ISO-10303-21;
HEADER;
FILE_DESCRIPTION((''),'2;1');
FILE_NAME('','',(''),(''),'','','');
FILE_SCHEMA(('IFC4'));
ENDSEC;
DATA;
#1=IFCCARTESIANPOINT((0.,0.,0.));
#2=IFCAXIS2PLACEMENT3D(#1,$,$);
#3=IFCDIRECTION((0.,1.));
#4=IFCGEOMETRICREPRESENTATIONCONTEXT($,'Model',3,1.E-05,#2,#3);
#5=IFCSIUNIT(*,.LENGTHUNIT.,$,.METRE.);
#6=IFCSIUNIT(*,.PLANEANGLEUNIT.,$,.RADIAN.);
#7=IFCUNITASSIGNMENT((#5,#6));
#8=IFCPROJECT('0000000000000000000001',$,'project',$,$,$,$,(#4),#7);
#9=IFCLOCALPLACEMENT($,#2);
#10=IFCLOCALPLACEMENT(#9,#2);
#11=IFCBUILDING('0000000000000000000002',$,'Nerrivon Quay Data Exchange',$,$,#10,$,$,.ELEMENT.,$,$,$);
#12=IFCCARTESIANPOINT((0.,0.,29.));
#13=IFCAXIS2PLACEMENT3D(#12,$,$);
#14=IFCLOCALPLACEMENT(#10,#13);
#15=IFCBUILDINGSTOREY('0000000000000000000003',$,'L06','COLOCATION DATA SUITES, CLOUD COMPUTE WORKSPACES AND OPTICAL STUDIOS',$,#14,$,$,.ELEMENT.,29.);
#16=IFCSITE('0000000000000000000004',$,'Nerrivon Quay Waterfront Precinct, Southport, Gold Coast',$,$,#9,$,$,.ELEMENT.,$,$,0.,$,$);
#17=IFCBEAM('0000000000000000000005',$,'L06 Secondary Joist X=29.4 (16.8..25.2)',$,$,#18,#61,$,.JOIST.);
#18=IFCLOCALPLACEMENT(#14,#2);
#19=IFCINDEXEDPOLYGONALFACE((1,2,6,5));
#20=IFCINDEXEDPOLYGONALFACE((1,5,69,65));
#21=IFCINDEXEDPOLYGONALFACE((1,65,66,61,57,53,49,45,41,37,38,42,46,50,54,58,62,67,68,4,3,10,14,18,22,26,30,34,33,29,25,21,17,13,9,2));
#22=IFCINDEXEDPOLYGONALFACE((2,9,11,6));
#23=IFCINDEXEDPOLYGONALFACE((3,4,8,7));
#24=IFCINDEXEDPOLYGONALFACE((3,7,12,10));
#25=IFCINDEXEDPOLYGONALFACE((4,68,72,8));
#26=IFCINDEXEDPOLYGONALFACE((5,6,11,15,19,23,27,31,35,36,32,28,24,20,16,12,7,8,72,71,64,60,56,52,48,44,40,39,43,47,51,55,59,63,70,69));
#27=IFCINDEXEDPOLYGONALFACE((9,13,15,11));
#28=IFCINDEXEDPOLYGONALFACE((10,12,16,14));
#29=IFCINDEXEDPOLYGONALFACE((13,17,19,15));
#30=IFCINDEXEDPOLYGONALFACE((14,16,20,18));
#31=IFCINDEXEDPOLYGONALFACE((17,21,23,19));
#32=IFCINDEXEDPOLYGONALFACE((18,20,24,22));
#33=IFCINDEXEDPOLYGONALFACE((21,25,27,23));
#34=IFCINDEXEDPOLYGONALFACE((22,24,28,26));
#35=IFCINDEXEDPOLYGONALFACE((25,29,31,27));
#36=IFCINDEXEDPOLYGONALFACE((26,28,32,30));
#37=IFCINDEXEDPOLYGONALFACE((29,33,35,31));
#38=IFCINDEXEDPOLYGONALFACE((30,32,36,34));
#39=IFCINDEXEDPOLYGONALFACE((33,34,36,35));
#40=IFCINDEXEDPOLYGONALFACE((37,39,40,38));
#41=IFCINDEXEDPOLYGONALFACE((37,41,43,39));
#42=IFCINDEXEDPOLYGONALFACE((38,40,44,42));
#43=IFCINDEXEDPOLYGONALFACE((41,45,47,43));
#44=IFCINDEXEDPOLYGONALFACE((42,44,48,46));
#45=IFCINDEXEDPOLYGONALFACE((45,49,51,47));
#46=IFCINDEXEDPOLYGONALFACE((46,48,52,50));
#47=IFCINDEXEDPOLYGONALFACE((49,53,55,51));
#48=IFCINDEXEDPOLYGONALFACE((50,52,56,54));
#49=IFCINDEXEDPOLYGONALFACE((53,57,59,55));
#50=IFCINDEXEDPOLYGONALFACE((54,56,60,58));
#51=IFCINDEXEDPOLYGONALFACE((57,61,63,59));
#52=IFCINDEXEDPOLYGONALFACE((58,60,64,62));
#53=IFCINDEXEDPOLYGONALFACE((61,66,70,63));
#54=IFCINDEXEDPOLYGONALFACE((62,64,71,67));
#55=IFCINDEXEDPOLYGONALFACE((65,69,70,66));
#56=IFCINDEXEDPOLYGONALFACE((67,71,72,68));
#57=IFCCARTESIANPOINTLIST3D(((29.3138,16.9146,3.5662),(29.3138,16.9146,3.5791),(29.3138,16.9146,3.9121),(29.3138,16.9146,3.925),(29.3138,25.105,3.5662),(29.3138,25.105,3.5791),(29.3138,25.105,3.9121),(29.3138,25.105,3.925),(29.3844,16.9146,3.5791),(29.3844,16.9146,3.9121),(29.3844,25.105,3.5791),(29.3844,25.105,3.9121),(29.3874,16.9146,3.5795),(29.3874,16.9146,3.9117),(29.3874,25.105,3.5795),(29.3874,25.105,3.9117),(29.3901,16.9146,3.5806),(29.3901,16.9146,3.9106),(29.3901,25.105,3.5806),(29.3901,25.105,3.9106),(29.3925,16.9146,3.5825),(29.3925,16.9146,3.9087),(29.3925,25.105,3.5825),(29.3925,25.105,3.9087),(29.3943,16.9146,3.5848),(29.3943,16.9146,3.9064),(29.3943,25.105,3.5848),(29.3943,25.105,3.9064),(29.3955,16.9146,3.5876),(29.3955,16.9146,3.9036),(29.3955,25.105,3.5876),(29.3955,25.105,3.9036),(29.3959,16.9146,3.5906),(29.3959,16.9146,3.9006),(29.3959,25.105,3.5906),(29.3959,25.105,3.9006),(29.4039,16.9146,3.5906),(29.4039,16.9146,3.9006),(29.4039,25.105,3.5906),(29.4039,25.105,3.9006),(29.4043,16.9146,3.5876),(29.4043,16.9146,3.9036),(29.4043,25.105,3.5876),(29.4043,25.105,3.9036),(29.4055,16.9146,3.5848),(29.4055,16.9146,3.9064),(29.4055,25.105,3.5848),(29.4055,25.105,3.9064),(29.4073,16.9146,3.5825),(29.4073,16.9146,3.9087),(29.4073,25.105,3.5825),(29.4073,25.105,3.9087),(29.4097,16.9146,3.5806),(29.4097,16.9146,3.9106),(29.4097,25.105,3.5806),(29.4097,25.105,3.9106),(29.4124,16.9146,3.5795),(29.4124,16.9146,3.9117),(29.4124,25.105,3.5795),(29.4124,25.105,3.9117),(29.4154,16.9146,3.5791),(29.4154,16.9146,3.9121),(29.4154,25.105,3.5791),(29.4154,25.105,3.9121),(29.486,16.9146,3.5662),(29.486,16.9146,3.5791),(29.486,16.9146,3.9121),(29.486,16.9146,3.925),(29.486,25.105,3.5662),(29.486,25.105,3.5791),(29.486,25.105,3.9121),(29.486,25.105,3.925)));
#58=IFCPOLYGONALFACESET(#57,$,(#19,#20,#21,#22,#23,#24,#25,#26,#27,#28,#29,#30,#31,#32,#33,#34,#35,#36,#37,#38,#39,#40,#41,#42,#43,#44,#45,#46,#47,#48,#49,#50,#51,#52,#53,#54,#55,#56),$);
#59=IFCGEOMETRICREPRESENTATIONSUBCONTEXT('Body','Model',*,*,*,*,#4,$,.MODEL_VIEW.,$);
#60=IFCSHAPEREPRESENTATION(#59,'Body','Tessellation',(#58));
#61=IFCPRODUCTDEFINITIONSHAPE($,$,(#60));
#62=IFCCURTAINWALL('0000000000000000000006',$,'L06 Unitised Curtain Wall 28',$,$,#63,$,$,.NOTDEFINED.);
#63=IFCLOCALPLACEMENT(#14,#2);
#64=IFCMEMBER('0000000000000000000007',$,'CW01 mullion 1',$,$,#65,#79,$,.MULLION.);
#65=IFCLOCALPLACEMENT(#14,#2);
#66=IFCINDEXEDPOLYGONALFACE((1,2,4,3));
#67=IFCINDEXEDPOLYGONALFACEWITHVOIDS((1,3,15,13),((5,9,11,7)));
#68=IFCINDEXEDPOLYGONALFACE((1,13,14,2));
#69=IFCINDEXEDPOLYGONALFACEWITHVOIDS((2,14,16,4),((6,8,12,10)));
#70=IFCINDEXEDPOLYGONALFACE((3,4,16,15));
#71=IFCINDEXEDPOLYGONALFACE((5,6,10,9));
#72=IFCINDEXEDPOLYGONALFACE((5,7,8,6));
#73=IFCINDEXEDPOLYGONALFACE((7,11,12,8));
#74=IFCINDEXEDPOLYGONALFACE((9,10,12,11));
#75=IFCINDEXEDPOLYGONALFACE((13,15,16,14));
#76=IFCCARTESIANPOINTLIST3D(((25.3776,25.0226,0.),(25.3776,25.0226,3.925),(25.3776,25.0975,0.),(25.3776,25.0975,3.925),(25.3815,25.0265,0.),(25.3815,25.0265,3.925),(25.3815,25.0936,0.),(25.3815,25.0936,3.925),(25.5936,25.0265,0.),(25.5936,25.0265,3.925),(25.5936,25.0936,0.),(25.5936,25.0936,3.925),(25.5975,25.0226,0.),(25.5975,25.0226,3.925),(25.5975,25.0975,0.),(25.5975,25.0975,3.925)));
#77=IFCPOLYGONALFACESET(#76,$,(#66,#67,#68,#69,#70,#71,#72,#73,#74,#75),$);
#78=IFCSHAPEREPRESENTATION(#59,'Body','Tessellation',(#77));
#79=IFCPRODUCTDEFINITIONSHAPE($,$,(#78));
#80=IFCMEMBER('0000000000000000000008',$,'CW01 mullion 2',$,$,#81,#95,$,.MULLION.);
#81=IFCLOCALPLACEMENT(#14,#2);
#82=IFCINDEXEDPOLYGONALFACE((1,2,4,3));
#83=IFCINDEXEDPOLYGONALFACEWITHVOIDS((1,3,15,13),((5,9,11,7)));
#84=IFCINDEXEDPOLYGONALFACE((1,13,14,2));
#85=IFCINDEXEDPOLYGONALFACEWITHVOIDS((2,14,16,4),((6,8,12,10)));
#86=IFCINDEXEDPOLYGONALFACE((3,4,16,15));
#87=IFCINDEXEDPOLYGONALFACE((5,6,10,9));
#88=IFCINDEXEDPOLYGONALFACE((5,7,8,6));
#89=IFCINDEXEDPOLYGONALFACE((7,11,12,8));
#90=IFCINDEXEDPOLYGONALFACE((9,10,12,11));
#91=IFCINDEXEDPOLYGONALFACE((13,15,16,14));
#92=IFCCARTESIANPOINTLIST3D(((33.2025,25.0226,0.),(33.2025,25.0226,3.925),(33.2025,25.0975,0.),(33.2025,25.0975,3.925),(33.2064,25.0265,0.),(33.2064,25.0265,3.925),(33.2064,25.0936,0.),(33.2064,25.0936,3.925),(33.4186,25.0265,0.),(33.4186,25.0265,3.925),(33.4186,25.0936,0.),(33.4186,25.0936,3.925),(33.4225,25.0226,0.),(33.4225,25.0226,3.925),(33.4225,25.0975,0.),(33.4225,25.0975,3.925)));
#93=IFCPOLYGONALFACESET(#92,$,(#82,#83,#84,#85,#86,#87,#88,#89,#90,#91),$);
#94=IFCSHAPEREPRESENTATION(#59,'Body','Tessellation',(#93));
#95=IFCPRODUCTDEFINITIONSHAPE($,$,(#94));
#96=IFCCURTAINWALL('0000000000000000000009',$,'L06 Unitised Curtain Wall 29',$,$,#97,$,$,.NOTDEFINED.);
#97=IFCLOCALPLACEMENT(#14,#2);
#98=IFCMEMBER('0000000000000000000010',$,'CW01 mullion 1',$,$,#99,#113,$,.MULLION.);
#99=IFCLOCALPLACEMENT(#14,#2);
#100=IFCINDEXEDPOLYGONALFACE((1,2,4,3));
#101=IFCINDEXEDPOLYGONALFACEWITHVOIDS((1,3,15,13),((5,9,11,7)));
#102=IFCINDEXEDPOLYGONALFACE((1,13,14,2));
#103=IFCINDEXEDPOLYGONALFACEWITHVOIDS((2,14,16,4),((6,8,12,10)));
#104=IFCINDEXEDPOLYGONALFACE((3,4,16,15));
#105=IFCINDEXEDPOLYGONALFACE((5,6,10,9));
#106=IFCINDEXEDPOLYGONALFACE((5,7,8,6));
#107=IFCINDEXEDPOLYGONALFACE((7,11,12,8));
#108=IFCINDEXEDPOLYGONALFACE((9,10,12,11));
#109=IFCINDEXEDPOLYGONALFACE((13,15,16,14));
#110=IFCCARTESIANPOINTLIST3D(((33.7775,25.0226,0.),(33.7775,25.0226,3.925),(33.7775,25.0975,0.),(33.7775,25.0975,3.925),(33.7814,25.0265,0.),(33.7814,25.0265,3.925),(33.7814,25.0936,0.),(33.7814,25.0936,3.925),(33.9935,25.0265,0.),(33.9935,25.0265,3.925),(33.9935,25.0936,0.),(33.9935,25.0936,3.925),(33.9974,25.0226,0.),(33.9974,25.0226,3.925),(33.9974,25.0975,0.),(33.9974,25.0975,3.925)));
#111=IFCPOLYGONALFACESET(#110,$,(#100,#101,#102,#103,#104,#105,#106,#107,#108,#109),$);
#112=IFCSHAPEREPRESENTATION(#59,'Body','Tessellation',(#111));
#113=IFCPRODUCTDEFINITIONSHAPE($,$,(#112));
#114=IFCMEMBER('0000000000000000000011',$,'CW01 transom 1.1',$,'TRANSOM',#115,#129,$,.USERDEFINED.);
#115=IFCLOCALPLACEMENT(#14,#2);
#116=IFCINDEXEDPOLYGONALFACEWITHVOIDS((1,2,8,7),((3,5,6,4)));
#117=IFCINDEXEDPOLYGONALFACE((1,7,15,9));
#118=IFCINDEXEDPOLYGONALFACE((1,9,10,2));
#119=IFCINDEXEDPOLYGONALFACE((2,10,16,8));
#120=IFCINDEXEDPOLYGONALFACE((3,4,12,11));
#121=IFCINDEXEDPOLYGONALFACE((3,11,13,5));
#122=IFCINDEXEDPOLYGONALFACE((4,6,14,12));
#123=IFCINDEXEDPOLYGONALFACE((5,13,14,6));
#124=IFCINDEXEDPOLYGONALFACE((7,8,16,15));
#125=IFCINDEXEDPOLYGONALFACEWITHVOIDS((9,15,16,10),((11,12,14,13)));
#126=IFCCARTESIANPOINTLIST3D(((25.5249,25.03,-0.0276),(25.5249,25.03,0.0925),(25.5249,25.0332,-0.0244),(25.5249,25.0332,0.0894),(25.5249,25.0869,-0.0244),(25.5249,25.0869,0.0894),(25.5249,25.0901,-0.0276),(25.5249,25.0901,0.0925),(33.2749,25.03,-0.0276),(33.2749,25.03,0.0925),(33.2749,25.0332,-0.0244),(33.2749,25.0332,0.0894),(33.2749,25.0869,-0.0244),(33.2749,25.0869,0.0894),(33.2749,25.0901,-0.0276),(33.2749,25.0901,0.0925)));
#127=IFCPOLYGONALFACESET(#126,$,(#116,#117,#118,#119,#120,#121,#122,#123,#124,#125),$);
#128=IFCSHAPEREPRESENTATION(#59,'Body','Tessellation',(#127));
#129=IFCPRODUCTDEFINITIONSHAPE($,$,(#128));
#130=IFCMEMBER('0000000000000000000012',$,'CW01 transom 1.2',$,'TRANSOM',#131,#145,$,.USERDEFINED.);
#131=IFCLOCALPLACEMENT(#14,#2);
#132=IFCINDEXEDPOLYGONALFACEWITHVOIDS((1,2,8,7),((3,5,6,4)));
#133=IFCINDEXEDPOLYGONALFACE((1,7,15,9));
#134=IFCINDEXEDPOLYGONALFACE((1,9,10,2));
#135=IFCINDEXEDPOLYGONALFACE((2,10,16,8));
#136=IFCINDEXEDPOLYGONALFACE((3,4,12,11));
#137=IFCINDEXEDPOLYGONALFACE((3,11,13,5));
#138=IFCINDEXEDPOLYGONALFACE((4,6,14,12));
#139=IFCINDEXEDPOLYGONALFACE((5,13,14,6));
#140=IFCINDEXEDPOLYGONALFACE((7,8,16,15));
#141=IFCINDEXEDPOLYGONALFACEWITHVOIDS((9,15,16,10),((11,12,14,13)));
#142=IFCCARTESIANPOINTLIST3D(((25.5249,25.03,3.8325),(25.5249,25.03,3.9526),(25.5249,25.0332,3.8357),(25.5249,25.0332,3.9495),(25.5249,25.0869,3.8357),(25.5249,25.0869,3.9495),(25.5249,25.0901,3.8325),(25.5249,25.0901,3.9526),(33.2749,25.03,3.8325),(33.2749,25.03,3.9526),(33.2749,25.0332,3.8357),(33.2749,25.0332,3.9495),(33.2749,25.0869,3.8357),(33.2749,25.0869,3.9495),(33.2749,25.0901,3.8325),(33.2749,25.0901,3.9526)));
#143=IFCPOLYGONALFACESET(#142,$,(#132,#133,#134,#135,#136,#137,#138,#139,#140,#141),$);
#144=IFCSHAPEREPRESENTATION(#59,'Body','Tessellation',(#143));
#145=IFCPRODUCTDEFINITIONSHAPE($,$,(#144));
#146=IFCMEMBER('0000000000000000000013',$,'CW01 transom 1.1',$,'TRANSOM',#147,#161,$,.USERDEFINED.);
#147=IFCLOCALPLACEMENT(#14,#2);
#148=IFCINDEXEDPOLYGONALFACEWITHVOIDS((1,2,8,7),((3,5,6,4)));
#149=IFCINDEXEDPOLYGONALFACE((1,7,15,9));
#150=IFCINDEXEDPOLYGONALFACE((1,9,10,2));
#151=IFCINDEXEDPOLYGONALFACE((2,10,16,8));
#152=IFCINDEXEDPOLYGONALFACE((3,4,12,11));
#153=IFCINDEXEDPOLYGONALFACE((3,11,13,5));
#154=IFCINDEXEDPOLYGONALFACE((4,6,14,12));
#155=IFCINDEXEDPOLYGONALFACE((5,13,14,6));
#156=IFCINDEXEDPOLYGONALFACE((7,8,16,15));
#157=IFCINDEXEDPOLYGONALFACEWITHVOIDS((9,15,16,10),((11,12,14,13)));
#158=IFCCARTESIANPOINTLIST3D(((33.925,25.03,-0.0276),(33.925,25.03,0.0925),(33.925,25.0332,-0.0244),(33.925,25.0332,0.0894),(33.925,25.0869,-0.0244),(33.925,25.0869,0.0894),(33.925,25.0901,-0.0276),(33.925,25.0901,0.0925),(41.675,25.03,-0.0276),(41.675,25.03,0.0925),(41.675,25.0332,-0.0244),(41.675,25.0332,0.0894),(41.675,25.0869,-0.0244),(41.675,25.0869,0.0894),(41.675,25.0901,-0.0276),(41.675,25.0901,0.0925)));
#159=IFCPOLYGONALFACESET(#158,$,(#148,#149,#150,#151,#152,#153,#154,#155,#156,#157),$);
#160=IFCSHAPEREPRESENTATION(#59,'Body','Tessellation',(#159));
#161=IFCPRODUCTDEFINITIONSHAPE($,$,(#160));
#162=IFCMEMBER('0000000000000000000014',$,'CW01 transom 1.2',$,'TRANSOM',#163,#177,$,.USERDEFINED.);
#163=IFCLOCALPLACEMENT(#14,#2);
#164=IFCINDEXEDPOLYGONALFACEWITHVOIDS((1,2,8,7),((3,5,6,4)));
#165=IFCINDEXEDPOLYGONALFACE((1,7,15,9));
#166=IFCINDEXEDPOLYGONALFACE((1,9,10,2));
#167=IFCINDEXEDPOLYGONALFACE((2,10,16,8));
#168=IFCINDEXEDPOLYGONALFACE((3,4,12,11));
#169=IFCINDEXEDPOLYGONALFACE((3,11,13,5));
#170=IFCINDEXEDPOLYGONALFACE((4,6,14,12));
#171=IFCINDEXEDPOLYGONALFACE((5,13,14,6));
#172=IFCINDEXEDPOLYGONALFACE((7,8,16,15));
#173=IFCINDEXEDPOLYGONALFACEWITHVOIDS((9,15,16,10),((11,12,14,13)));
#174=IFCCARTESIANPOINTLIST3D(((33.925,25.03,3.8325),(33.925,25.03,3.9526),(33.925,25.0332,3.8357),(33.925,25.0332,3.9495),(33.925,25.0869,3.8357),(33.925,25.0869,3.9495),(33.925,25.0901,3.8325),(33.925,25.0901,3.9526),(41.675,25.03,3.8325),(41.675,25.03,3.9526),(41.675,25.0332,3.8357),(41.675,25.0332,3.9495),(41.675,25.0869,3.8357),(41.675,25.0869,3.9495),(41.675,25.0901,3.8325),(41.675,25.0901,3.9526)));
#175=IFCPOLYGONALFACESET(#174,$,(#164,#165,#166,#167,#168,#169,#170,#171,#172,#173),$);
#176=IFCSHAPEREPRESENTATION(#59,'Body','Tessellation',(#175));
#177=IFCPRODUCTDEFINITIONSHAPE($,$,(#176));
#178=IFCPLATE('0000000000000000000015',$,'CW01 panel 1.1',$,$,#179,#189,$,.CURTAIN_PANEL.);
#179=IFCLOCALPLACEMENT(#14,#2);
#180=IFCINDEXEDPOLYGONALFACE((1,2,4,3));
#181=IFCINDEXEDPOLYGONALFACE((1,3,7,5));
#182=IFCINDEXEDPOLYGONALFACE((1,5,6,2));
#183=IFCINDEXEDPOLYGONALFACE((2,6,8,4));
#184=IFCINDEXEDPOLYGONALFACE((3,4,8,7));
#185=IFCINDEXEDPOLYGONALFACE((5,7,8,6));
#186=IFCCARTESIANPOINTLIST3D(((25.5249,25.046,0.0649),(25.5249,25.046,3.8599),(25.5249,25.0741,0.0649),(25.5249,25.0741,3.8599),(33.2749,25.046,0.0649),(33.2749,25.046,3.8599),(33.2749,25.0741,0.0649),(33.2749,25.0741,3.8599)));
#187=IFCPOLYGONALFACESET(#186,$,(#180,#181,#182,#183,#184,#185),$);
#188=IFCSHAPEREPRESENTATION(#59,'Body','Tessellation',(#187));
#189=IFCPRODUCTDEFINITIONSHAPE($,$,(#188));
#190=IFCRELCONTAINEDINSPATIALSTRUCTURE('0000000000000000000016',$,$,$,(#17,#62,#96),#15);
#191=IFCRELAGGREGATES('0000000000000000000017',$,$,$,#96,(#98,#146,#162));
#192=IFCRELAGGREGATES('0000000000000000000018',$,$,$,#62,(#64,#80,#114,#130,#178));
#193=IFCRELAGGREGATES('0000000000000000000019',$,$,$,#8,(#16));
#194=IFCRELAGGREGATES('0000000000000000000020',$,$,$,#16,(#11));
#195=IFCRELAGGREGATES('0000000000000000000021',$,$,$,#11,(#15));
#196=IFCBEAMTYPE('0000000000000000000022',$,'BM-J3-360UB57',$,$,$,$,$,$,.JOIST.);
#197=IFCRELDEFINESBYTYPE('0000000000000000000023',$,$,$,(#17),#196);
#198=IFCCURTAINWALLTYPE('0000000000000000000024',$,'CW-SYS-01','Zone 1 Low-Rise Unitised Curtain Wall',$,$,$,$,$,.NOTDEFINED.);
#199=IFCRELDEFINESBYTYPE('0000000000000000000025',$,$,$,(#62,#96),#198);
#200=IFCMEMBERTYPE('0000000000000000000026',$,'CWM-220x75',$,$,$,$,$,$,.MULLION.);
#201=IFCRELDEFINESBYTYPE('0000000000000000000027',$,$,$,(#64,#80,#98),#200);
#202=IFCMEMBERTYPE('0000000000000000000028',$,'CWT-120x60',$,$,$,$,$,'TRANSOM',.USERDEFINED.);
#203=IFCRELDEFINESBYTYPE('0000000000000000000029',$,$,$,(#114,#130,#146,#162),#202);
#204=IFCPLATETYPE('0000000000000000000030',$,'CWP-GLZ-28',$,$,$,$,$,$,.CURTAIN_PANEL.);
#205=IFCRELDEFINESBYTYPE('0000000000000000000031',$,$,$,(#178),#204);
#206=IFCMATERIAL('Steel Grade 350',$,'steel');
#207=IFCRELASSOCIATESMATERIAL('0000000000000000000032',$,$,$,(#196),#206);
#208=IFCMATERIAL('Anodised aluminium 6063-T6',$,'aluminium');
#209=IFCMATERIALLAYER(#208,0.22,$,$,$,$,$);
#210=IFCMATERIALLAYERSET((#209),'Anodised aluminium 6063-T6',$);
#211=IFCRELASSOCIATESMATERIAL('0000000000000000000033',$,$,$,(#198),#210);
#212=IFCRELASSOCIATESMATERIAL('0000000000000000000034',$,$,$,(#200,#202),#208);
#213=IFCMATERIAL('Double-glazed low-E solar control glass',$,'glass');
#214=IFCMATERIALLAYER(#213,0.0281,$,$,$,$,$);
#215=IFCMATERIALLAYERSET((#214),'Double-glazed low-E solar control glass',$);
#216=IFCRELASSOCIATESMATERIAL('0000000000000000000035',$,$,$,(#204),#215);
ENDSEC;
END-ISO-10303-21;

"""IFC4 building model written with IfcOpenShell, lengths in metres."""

from ifc_helpers import new_model, si_unit, direction, frame, origin, origin_2d, place, context, subcontext, project, spatial, rectangle, hollow_rectangle, i_section, extrude, material, layer, layer_set, material_profile, profile_set, type_object, element, aggregate, save


model = new_model("IFC4")

# Units and contexts
model_context = context("Model", 3, precision=1e-05, world=origin(), true_north=direction((0.0, 1.0)))
body_context = subcontext(model_context, "Body", "Model", "MODEL_VIEW")
ifc_project = project(units=[si_unit("LENGTHUNIT", "METRE"), si_unit("PLANEANGLEUNIT", "RADIAN")], contexts=[model_context])

# Site, building, storey
site_placement = place(None, origin())
site = spatial("IfcSite", under=ifc_project, at=site_placement, Name="Nerrivon Quay Waterfront Precinct, Southport, Gold Coast", CompositionType="ELEMENT", RefElevation=0.0)
building_placement = place(site_placement, origin())
building = spatial("IfcBuilding", under=site, at=building_placement, Name="Nerrivon Quay Data Exchange", CompositionType="ELEMENT")
storey_placement = place(building_placement, frame((0.0, 0.0, 29.0)))
storey = spatial("IfcBuildingStorey", under=building, at=storey_placement, Name="L06", Description="COLOCATION DATA SUITES, CLOUD COMPUTE WORKSPACES AND OPTICAL STUDIOS", CompositionType="ELEMENT", Elevation=29.0)

# Beam
ifc_material_1 = material(Name="Steel Grade 350", Category="steel")
ifc_material_profile_1 = material_profile(ifc_material_1, i_section(OverallWidth=0.1721, OverallDepth=0.3589, WebThickness=0.0081, FlangeThickness=0.0129, FilletRadius=0.0115, at=origin_2d()), Name="360UB56.7")
ifc_profile_set_1 = profile_set([ifc_material_profile_1], Name="Steel Grade 350")
beam_type_1 = type_object("IfcBeamType", Name="BM-J3-360UB57", PredefinedType="JOIST", material=ifc_profile_set_1)
beam_1_placement = place(storey_placement, frame((29.3999, 16.9146, 3.7456), z_axis=(0.0, 1.0, 0.0), x_axis=(-1.0, 0.0, 0.0)))
element("IfcBeam", 1, at=beam_1_placement, inside=storey, type_object=beam_type_1, Name="L06 Secondary Joist X=29.4 (16.8..25.2)", PredefinedType="JOIST", context=body_context, shape_type="SweptSolid", body=[
    extrude(i_section(OverallWidth=0.1721, OverallDepth=0.3589, WebThickness=0.0081, FlangeThickness=0.0129, FilletRadius=0.0115, at=origin_2d()), origin(), (0.0, 0.0, 1.0), 8.1904),
])

# Curtain wall, members
ifc_material_2 = material(Name="Anodised aluminium 6063-T6", Category="aluminium")
ifc_layer_1 = layer(ifc_material_2, 0.22)
ifc_layer_set_1 = layer_set([ifc_layer_1], Name="Anodised aluminium 6063-T6")
curtain_wall_type = type_object("IfcCurtainWallType", Name="CW-SYS-01", Description="Zone 1 Low-Rise Unitised Curtain Wall", PredefinedType="NOTDEFINED", material=ifc_layer_set_1)
curtain_wall_1_placement = place(storey_placement, origin())
curtain_wall_1 = element("IfcCurtainWall", 2, at=curtain_wall_1_placement, inside=storey, type_object=curtain_wall_type, Name="L06 Unitised Curtain Wall 28", PredefinedType="NOTDEFINED")
ifc_material_profile_2 = material_profile(ifc_material_2, hollow_rectangle(XDim=0.075, YDim=0.22, WallThickness=0.0039, at=origin_2d()), Name="ALU-MULL-220x75")
ifc_profile_set_2 = profile_set([ifc_material_profile_2], Name="Anodised aluminium 6063-T6")
member_type_1 = type_object("IfcMemberType", Name="CWM-220x75", PredefinedType="MULLION", material=ifc_profile_set_2)
member_1_placement = place(storey_placement, frame((25.4875, 25.0601, 0.0), z_axis=(0.0, 0.0, 1.0), x_axis=(0.0, 1.0, 0.0)))
member_1 = element("IfcMember", 3, at=member_1_placement, type_object=member_type_1, Name="CW01 mullion 1", PredefinedType="MULLION", context=body_context, shape_type="SweptSolid", body=[
    extrude(hollow_rectangle(XDim=0.075, YDim=0.22, WallThickness=0.0039, at=origin_2d()), origin(), (0.0, 0.0, 1.0), 3.925),
])
member_2_placement = place(storey_placement, frame((33.3125, 25.0601, 0.0), z_axis=(0.0, 0.0, 1.0), x_axis=(0.0, 1.0, 0.0)))
member_2 = element("IfcMember", 4, at=member_2_placement, type_object=member_type_1, Name="CW01 mullion 2", PredefinedType="MULLION", context=body_context, shape_type="SweptSolid", body=[
    extrude(hollow_rectangle(XDim=0.075, YDim=0.22, WallThickness=0.0039, at=origin_2d()), origin(), (0.0, 0.0, 1.0), 3.925),
])

# Curtain wall, member
curtain_wall_2_placement = place(storey_placement, origin())
curtain_wall_2 = element("IfcCurtainWall", 5, at=curtain_wall_2_placement, inside=storey, type_object=curtain_wall_type, Name="L06 Unitised Curtain Wall 29", PredefinedType="NOTDEFINED")
member_3_placement = place(storey_placement, frame((33.8875, 25.0601, 0.0), z_axis=(0.0, 0.0, 1.0), x_axis=(0.0, 1.0, 0.0)))
member_3 = element("IfcMember", 6, at=member_3_placement, type_object=member_type_1, Name="CW01 mullion 1", PredefinedType="MULLION", context=body_context, shape_type="SweptSolid", body=[
    extrude(hollow_rectangle(XDim=0.075, YDim=0.22, WallThickness=0.0039, at=origin_2d()), origin(), (0.0, 0.0, 1.0), 3.925),
])

# Members
ifc_material_profile_3 = material_profile(ifc_material_2, hollow_rectangle(XDim=0.0601, YDim=0.1201, WallThickness=0.0032, at=origin_2d()), Name="ALU-TRAN-120x60")
ifc_profile_set_3 = profile_set([ifc_material_profile_3], Name="Anodised aluminium 6063-T6")
member_type_2 = type_object("IfcMemberType", Name="CWT-120x60", ElementType="TRANSOM", PredefinedType="USERDEFINED", material=ifc_profile_set_3)
member_4_placement = place(storey_placement, frame((25.5249, 25.0601, 0.0325), z_axis=(1.0, 0.0, 0.0), x_axis=(0.0, 1.0, 0.0)))
member_4 = element("IfcMember", 7, at=member_4_placement, type_object=member_type_2, Name="CW01 transom 1.1", ObjectType="TRANSOM", PredefinedType="USERDEFINED", context=body_context, shape_type="SweptSolid", body=[
    extrude(hollow_rectangle(XDim=0.0601, YDim=0.1201, WallThickness=0.0032, at=origin_2d()), origin(), (0.0, 0.0, 1.0), 7.75),
])
member_5_placement = place(storey_placement, frame((25.5249, 25.0601, 3.8926), z_axis=(1.0, 0.0, 0.0), x_axis=(0.0, 1.0, 0.0)))
member_5 = element("IfcMember", 8, at=member_5_placement, type_object=member_type_2, Name="CW01 transom 1.2", ObjectType="TRANSOM", PredefinedType="USERDEFINED", context=body_context, shape_type="SweptSolid", body=[
    extrude(hollow_rectangle(XDim=0.0601, YDim=0.1201, WallThickness=0.0032, at=origin_2d()), origin(), (0.0, 0.0, 1.0), 7.75),
])
member_6_placement = place(storey_placement, frame((33.925, 25.0601, 0.0325), z_axis=(1.0, 0.0, 0.0), x_axis=(0.0, 1.0, 0.0)))
member_6 = element("IfcMember", 9, at=member_6_placement, type_object=member_type_2, Name="CW01 transom 1.1", ObjectType="TRANSOM", PredefinedType="USERDEFINED", context=body_context, shape_type="SweptSolid", body=[
    extrude(hollow_rectangle(XDim=0.0601, YDim=0.1201, WallThickness=0.0032, at=origin_2d()), origin(), (0.0, 0.0, 1.0), 7.75),
])
member_7_placement = place(storey_placement, frame((33.925, 25.0601, 3.8926), z_axis=(1.0, 0.0, 0.0), x_axis=(0.0, 1.0, 0.0)))
member_7 = element("IfcMember", 10, at=member_7_placement, type_object=member_type_2, Name="CW01 transom 1.2", ObjectType="TRANSOM", PredefinedType="USERDEFINED", context=body_context, shape_type="SweptSolid", body=[
    extrude(hollow_rectangle(XDim=0.0601, YDim=0.1201, WallThickness=0.0032, at=origin_2d()), origin(), (0.0, 0.0, 1.0), 7.75),
])
aggregate(curtain_wall_2, [member_3, member_6, member_7])

# Plate
ifc_material_3 = material(Name="Double-glazed low-E solar control glass", Category="glass")
ifc_layer_2 = layer(ifc_material_3, 0.0281)
ifc_layer_set_2 = layer_set([ifc_layer_2], Name="Double-glazed low-E solar control glass")
plate_type = type_object("IfcPlateType", Name="CWP-GLZ-28", PredefinedType="CURTAIN_PANEL", material=ifc_layer_set_2)
plate_placement = place(storey_placement, frame((29.3999, 25.0601, 0.0649), z_axis=(0.0, 0.0, 1.0), x_axis=(1.0, 0.0, 0.0)))
plate = element("IfcPlate", 11, at=plate_placement, type_object=plate_type, Name="CW01 panel 1.1", PredefinedType="CURTAIN_PANEL", context=body_context, shape_type="SweptSolid", body=[
    extrude(rectangle(XDim=7.75, YDim=0.0281, at=origin_2d()), origin(), (0.0, 0.0, 1.0), 3.7949),
])
aggregate(curtain_wall_1, [member_1, member_2, member_4, member_5, plate])

save(model, "model.ifc")
